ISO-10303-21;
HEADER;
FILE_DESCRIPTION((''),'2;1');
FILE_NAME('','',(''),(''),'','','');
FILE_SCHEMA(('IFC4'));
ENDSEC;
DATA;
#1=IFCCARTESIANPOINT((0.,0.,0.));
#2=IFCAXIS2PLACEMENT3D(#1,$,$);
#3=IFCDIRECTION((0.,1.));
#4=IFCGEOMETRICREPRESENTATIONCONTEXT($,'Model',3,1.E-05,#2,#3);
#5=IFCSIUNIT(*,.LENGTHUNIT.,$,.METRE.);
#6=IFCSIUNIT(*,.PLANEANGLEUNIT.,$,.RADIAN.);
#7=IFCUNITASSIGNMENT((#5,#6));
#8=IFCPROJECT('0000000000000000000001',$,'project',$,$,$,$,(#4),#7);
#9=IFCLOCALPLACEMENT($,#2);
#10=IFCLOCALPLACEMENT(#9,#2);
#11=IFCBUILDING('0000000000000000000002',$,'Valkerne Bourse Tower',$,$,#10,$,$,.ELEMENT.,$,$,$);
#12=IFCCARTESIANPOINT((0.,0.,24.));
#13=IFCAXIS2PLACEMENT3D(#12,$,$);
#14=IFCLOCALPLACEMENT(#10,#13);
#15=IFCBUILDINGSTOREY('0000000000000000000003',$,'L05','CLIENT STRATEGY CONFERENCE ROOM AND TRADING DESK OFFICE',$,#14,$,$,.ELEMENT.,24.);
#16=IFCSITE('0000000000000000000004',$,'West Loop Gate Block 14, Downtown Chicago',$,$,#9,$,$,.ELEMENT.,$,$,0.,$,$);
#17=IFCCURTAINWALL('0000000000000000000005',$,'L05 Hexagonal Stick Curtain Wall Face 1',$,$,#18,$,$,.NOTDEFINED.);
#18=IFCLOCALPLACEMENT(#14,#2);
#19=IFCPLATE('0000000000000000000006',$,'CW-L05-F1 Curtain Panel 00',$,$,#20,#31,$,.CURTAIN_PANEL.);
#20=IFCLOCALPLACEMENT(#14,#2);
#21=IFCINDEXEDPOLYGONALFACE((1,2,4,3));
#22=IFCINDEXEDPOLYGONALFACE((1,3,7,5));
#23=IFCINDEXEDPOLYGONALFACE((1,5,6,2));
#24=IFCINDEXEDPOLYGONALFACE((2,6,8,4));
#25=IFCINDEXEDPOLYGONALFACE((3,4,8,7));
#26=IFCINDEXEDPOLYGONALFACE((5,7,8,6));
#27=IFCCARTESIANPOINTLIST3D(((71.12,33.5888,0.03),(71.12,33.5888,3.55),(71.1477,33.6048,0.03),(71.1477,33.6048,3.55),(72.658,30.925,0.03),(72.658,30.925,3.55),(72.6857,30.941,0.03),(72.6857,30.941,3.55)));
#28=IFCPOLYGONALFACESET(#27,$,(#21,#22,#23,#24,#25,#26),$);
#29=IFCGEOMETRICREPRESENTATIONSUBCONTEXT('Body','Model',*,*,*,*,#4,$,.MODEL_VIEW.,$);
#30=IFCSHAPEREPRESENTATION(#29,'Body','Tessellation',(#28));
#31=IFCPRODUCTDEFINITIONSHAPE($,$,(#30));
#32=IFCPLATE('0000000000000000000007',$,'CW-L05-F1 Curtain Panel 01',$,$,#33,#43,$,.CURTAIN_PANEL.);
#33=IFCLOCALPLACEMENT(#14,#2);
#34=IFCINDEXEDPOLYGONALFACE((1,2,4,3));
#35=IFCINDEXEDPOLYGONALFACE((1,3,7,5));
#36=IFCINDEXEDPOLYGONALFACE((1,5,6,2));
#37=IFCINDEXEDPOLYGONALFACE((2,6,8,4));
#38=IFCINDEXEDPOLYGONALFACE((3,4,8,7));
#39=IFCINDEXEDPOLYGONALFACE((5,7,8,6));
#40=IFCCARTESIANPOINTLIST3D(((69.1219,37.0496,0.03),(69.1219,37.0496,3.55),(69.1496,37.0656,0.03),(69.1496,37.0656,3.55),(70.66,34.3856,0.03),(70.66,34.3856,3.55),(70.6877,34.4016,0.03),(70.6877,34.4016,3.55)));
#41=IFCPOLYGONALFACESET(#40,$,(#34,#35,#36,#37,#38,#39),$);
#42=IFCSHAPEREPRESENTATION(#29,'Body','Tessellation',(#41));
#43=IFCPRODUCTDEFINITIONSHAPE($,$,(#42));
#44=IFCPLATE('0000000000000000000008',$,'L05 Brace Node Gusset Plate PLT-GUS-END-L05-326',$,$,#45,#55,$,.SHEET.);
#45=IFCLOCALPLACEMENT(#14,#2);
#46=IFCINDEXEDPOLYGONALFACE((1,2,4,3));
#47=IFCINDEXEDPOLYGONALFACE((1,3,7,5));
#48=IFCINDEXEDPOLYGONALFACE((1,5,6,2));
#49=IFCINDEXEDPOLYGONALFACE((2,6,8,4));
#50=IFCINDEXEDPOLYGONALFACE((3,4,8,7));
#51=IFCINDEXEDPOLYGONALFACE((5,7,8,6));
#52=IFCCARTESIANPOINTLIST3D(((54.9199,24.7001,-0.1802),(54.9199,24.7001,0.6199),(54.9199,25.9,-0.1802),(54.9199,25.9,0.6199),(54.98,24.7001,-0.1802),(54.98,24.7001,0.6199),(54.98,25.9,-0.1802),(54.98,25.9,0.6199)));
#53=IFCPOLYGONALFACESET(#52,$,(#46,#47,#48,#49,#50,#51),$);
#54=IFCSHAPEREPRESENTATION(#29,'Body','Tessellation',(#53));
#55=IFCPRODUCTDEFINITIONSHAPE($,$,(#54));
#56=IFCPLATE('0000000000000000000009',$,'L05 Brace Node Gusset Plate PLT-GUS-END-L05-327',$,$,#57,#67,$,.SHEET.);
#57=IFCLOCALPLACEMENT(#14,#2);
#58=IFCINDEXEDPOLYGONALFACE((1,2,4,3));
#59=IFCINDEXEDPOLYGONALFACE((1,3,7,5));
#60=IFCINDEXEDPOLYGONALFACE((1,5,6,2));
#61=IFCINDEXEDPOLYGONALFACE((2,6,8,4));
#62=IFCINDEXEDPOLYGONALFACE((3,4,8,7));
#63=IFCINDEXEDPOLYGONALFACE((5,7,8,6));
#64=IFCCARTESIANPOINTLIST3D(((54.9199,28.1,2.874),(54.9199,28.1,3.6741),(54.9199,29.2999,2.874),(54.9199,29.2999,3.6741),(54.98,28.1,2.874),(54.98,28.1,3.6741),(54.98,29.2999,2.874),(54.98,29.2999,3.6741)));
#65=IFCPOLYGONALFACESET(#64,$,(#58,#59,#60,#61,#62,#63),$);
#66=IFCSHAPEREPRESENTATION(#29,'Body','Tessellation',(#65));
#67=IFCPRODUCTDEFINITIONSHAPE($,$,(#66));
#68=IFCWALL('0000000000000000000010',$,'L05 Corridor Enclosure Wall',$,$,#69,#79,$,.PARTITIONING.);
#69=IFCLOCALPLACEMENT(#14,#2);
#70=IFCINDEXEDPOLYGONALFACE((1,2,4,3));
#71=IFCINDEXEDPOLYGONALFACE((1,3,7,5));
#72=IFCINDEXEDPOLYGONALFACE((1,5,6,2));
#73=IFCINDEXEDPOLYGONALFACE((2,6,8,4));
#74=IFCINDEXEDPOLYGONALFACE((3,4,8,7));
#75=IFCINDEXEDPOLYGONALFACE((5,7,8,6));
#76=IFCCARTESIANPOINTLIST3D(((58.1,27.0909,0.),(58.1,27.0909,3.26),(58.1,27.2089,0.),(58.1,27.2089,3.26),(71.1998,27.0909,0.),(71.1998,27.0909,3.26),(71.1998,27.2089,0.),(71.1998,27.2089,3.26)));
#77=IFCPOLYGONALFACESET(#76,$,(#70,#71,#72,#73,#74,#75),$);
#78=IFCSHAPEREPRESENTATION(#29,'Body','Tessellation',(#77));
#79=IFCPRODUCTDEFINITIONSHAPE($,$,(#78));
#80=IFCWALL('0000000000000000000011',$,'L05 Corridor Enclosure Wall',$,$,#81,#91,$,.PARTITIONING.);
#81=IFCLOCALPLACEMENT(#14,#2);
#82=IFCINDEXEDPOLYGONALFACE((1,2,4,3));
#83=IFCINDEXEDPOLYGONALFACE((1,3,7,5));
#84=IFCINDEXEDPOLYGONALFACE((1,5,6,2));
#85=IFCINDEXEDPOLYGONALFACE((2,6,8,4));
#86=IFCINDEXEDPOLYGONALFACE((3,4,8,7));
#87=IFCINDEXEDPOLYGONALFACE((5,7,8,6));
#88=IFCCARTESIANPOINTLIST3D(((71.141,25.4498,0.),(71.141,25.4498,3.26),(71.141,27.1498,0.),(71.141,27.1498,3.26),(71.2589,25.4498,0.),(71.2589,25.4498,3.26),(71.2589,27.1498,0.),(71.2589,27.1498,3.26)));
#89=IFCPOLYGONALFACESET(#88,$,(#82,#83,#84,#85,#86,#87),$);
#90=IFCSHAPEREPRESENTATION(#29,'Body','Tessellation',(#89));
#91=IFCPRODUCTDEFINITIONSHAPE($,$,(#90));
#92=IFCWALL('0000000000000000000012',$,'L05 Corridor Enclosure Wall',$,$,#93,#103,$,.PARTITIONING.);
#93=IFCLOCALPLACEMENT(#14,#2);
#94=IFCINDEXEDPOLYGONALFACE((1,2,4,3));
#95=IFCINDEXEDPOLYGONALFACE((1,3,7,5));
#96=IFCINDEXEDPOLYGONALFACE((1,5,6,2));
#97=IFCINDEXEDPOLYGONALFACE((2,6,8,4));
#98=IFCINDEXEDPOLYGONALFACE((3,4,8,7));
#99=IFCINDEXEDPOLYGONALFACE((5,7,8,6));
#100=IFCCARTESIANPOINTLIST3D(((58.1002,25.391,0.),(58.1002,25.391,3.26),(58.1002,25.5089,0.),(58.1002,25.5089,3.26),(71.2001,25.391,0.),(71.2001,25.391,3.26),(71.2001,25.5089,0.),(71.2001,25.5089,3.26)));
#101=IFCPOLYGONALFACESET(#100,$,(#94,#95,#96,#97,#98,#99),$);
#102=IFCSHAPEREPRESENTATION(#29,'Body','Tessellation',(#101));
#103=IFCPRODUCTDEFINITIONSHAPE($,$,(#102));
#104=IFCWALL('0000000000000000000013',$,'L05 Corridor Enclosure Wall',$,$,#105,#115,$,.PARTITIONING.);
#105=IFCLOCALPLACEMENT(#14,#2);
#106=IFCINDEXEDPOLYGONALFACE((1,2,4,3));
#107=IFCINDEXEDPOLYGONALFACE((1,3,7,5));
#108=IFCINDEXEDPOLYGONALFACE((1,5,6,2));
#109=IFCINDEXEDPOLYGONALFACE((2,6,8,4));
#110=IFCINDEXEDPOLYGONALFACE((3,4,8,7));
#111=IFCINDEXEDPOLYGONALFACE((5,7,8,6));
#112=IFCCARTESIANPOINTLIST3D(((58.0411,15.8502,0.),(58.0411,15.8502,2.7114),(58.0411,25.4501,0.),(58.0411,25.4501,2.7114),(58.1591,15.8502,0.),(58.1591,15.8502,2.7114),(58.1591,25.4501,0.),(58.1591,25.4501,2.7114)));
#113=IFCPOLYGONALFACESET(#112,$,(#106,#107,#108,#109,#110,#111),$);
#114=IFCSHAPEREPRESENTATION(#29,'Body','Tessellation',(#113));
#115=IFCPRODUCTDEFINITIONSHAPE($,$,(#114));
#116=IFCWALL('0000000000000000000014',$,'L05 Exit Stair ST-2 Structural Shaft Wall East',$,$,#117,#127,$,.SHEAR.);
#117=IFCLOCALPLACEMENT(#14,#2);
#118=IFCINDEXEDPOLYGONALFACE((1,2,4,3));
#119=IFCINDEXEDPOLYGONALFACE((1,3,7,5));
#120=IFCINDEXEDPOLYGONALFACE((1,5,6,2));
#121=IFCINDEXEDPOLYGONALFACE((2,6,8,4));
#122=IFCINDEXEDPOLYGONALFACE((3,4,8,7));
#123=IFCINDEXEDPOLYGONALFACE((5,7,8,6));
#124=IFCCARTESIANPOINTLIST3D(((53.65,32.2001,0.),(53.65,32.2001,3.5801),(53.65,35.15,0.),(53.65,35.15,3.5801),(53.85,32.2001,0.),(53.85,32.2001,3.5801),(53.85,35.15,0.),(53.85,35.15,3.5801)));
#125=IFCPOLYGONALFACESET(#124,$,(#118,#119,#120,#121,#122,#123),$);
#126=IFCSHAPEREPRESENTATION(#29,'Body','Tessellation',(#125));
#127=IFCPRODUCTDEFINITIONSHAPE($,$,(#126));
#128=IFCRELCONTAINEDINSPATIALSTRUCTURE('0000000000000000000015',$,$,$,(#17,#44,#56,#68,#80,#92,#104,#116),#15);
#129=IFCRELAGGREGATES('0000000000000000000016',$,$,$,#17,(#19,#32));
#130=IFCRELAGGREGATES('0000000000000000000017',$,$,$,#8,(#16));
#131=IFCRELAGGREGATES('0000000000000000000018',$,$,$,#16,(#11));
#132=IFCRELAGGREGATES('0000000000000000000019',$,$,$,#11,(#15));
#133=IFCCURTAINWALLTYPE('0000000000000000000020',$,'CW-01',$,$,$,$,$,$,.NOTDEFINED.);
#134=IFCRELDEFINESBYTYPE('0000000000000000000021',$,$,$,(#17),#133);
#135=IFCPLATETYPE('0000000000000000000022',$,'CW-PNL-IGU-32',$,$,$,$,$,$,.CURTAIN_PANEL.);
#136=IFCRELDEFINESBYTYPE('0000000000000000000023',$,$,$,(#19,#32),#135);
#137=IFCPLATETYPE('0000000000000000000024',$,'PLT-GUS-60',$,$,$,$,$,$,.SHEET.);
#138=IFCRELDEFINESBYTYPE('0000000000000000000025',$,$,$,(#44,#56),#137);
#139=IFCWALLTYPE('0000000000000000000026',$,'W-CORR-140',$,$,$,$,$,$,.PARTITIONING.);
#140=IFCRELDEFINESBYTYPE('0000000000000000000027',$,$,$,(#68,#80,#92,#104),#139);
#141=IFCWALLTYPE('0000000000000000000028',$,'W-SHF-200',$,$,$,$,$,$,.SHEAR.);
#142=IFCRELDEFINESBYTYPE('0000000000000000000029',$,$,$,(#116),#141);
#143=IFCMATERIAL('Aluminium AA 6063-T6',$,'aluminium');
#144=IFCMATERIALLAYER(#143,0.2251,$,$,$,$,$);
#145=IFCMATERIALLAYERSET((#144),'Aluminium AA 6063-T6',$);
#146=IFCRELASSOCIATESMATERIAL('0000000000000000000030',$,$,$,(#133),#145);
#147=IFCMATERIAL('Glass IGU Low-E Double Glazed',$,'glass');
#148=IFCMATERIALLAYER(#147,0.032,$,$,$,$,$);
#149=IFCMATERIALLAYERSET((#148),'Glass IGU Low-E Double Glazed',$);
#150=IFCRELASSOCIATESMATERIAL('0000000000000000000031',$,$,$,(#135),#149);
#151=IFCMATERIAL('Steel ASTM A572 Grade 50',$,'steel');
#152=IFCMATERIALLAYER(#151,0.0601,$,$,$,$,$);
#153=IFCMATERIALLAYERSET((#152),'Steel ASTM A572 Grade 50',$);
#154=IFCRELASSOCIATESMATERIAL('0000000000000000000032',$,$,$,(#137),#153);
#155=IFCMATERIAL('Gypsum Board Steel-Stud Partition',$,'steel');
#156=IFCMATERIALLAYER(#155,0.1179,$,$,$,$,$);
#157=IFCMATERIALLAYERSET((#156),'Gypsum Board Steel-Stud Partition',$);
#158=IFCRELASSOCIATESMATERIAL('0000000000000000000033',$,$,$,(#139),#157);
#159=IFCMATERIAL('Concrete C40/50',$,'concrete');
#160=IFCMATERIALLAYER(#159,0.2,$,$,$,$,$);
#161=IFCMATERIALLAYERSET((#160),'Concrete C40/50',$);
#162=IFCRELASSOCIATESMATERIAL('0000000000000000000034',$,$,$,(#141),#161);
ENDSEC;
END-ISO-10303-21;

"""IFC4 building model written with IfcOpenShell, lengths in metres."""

from ifc_helpers import new_model, si_unit, direction, frame, frame_2d, origin, origin_2d, place, context, subcontext, project, spatial, rectangle, extrude, material, layer, layer_set, type_object, element, aggregate, save


model = new_model("IFC4")

# Units and contexts
model_context = context("Model", 3, precision=1e-05, world=origin(), true_north=direction((0.0, 1.0)))
body_context = subcontext(model_context, "Body", "Model", "MODEL_VIEW")
ifc_project = project(units=[si_unit("LENGTHUNIT", "METRE"), si_unit("PLANEANGLEUNIT", "RADIAN")], contexts=[model_context])

# Site, building, storey
site_placement = place(None, origin())
site = spatial("IfcSite", under=ifc_project, at=site_placement, Name="West Loop Gate Block 14, Downtown Chicago", CompositionType="ELEMENT", RefElevation=0.0)
building_placement = place(site_placement, origin())
building = spatial("IfcBuilding", under=site, at=building_placement, Name="Valkerne Bourse Tower", CompositionType="ELEMENT")
storey_placement = place(building_placement, frame((0.0, 0.0, 24.0)))
storey = spatial("IfcBuildingStorey", under=building, at=storey_placement, Name="L05", Description="CLIENT STRATEGY CONFERENCE ROOM AND TRADING DESK OFFICE", CompositionType="ELEMENT", Elevation=24.0)

# Curtain wall
ifc_material_1 = material(Name="Aluminium AA 6063-T6", Category="aluminium")
ifc_layer_1 = layer(ifc_material_1, 0.2251)
ifc_layer_set_1 = layer_set([ifc_layer_1], Name="Aluminium AA 6063-T6")
curtain_wall_type = type_object("IfcCurtainWallType", Name="CW-01", PredefinedType="NOTDEFINED", material=ifc_layer_set_1)
curtain_wall_placement = place(storey_placement, origin())
curtain_wall = element("IfcCurtainWall", 1, at=curtain_wall_placement, inside=storey, type_object=curtain_wall_type, Name="L05 Hexagonal Stick Curtain Wall Face 1", PredefinedType="NOTDEFINED")

# Plates
ifc_material_2 = material(Name="Glass IGU Low-E Double Glazed", Category="glass")
ifc_layer_2 = layer(ifc_material_2, 0.032)
ifc_layer_set_2 = layer_set([ifc_layer_2], Name="Glass IGU Low-E Double Glazed")
plate_type_1 = type_object("IfcPlateType", Name="CW-PNL-IGU-32", PredefinedType="CURTAIN_PANEL", material=ifc_layer_set_2)
plate_1_placement = place(storey_placement, frame((71.9028, 32.2649, 0.03), z_axis=(0.0, 0.0, 1.0), x_axis=(-0.500004, 0.866023, 0.0)))
plate_1 = element("IfcPlate", 2, at=plate_1_placement, type_object=plate_type_1, Name="CW-L05-F1 Curtain Panel 00", PredefinedType="CURTAIN_PANEL", context=body_context, shape_type="SweptSolid", body=[
    extrude(rectangle(XDim=3.0759, YDim=0.032, at=origin_2d()), origin(), (0.0, 0.0, 1.0), 3.52),
])
plate_2_placement = place(storey_placement, frame((69.9048, 35.7256, 0.03), z_axis=(0.0, 0.0, 1.0), x_axis=(-0.499993, 0.866029, 0.0)))
plate_2 = element("IfcPlate", 3, at=plate_2_placement, type_object=plate_type_1, Name="CW-L05-F1 Curtain Panel 01", PredefinedType="CURTAIN_PANEL", context=body_context, shape_type="SweptSolid", body=[
    extrude(rectangle(XDim=3.0762, YDim=0.032, at=origin_2d()), origin(), (0.0, 0.0, 1.0), 3.52),
])
aggregate(curtain_wall, [plate_1, plate_2])

# Plates
ifc_material_3 = material(Name="Steel ASTM A572 Grade 50", Category="steel")
ifc_layer_3 = layer(ifc_material_3, 0.0601)
ifc_layer_set_3 = layer_set([ifc_layer_3], Name="Steel ASTM A572 Grade 50")
plate_type_2 = type_object("IfcPlateType", Name="PLT-GUS-60", PredefinedType="SHEET", material=ifc_layer_set_3)
for number, where, z_axis, x_axis, name in (
    (4, (54.95, 25.3, -0.1802), (0.0, 0.0, 1.0), (0.0, 1.0, 0.0), "L05 Brace Node Gusset Plate PLT-GUS-END-L05-326"),
    (5, (54.95, 28.7, 2.874), (0.0, 0.0, 1.0), (0.0, 1.0, 0.0), "L05 Brace Node Gusset Plate PLT-GUS-END-L05-327"),
):
    element("IfcPlate", number, at=place(storey_placement, frame(where, z_axis=z_axis, x_axis=x_axis)), inside=storey, type_object=plate_type_2, Name=name, PredefinedType="SHEET", context=body_context, shape_type="SweptSolid", body=[
        extrude(rectangle(XDim=1.2, YDim=0.0601, at=origin_2d()), origin(), (0.0, 0.0, 1.0), 0.8),
    ])

# Walls
ifc_material_4 = material(Name="Gypsum Board Steel-Stud Partition", Category="steel")
ifc_layer_4 = layer(ifc_material_4, 0.1179)
ifc_layer_set_4 = layer_set([ifc_layer_4], Name="Gypsum Board Steel-Stud Partition")
wall_type_1 = type_object("IfcWallType", Name="W-CORR-140", PredefinedType="PARTITIONING", material=ifc_layer_set_4)
wall_1_placement = place(storey_placement, frame((58.1001, 27.1499, 0.0), z_axis=(0.0, 0.0, 1.0), x_axis=(1.0, 0.0, 0.0)))
element("IfcWall", 6, at=wall_1_placement, inside=storey, type_object=wall_type_1, Name="L05 Corridor Enclosure Wall", PredefinedType="PARTITIONING", context=body_context, shape_type="SweptSolid", body=[
    extrude(rectangle(XDim=13.0999, YDim=0.1179, at=frame_2d((6.5498, 0.0))), origin(), (0.0, 0.0, 1.0), 3.26),
])
wall_2_placement = place(storey_placement, frame((71.2, 27.1499, 0.0), z_axis=(0.0, 0.0, 1.0), x_axis=(0.0, -1.0, 0.0)))
element("IfcWall", 7, at=wall_2_placement, inside=storey, type_object=wall_type_1, Name="L05 Corridor Enclosure Wall", PredefinedType="PARTITIONING", context=body_context, shape_type="SweptSolid", body=[
    extrude(rectangle(XDim=1.7, YDim=0.1179, at=frame_2d((0.8501, 0.0))), origin(), (0.0, 0.0, 1.0), 3.26),
])
wall_3_placement = place(storey_placement, frame((71.2, 25.45, 0.0), z_axis=(0.0, 0.0, 1.0), x_axis=(-1.0, 0.0, 0.0)))
element("IfcWall", 8, at=wall_3_placement, inside=storey, type_object=wall_type_1, Name="L05 Corridor Enclosure Wall", PredefinedType="PARTITIONING", context=body_context, shape_type="SweptSolid", body=[
    extrude(rectangle(XDim=13.0999, YDim=0.1179, at=frame_2d((6.5498, 0.0))), origin(), (0.0, 0.0, 1.0), 3.26),
])
wall_4_placement = place(storey_placement, frame((58.1001, 25.45, 0.0), z_axis=(0.0, 0.0, 1.0), x_axis=(0.0, -1.0, 0.0)))
element("IfcWall", 9, at=wall_4_placement, inside=storey, type_object=wall_type_1, Name="L05 Corridor Enclosure Wall", PredefinedType="PARTITIONING", context=body_context, shape_type="SweptSolid", body=[
    extrude(rectangle(XDim=9.5999, YDim=0.1179, at=frame_2d((4.7998, 0.0))), origin(), (0.0, 0.0, 1.0), 2.7114),
])

# Wall
ifc_material_5 = material(Name="Concrete C40/50", Category="concrete")
ifc_layer_5 = layer(ifc_material_5, 0.2)
ifc_layer_set_5 = layer_set([ifc_layer_5], Name="Concrete C40/50")
wall_type_2 = type_object("IfcWallType", Name="W-SHF-200", PredefinedType="SHEAR", material=ifc_layer_set_5)
wall_5_placement = place(storey_placement, frame((53.75, 32.2, 0.0), z_axis=(0.0, 0.0, 1.0), x_axis=(0.0, 1.0, 0.0)))
element("IfcWall", 10, at=wall_5_placement, inside=storey, type_object=wall_type_2, Name="L05 Exit Stair ST-2 Structural Shaft Wall East", PredefinedType="SHEAR", context=body_context, shape_type="SweptSolid", body=[
    extrude(rectangle(XDim=2.95, YDim=0.2, at=frame_2d((1.4751, 0.0))), origin(), (0.0, 0.0, 1.0), 3.5801),
])

save(model, "model.ifc")
